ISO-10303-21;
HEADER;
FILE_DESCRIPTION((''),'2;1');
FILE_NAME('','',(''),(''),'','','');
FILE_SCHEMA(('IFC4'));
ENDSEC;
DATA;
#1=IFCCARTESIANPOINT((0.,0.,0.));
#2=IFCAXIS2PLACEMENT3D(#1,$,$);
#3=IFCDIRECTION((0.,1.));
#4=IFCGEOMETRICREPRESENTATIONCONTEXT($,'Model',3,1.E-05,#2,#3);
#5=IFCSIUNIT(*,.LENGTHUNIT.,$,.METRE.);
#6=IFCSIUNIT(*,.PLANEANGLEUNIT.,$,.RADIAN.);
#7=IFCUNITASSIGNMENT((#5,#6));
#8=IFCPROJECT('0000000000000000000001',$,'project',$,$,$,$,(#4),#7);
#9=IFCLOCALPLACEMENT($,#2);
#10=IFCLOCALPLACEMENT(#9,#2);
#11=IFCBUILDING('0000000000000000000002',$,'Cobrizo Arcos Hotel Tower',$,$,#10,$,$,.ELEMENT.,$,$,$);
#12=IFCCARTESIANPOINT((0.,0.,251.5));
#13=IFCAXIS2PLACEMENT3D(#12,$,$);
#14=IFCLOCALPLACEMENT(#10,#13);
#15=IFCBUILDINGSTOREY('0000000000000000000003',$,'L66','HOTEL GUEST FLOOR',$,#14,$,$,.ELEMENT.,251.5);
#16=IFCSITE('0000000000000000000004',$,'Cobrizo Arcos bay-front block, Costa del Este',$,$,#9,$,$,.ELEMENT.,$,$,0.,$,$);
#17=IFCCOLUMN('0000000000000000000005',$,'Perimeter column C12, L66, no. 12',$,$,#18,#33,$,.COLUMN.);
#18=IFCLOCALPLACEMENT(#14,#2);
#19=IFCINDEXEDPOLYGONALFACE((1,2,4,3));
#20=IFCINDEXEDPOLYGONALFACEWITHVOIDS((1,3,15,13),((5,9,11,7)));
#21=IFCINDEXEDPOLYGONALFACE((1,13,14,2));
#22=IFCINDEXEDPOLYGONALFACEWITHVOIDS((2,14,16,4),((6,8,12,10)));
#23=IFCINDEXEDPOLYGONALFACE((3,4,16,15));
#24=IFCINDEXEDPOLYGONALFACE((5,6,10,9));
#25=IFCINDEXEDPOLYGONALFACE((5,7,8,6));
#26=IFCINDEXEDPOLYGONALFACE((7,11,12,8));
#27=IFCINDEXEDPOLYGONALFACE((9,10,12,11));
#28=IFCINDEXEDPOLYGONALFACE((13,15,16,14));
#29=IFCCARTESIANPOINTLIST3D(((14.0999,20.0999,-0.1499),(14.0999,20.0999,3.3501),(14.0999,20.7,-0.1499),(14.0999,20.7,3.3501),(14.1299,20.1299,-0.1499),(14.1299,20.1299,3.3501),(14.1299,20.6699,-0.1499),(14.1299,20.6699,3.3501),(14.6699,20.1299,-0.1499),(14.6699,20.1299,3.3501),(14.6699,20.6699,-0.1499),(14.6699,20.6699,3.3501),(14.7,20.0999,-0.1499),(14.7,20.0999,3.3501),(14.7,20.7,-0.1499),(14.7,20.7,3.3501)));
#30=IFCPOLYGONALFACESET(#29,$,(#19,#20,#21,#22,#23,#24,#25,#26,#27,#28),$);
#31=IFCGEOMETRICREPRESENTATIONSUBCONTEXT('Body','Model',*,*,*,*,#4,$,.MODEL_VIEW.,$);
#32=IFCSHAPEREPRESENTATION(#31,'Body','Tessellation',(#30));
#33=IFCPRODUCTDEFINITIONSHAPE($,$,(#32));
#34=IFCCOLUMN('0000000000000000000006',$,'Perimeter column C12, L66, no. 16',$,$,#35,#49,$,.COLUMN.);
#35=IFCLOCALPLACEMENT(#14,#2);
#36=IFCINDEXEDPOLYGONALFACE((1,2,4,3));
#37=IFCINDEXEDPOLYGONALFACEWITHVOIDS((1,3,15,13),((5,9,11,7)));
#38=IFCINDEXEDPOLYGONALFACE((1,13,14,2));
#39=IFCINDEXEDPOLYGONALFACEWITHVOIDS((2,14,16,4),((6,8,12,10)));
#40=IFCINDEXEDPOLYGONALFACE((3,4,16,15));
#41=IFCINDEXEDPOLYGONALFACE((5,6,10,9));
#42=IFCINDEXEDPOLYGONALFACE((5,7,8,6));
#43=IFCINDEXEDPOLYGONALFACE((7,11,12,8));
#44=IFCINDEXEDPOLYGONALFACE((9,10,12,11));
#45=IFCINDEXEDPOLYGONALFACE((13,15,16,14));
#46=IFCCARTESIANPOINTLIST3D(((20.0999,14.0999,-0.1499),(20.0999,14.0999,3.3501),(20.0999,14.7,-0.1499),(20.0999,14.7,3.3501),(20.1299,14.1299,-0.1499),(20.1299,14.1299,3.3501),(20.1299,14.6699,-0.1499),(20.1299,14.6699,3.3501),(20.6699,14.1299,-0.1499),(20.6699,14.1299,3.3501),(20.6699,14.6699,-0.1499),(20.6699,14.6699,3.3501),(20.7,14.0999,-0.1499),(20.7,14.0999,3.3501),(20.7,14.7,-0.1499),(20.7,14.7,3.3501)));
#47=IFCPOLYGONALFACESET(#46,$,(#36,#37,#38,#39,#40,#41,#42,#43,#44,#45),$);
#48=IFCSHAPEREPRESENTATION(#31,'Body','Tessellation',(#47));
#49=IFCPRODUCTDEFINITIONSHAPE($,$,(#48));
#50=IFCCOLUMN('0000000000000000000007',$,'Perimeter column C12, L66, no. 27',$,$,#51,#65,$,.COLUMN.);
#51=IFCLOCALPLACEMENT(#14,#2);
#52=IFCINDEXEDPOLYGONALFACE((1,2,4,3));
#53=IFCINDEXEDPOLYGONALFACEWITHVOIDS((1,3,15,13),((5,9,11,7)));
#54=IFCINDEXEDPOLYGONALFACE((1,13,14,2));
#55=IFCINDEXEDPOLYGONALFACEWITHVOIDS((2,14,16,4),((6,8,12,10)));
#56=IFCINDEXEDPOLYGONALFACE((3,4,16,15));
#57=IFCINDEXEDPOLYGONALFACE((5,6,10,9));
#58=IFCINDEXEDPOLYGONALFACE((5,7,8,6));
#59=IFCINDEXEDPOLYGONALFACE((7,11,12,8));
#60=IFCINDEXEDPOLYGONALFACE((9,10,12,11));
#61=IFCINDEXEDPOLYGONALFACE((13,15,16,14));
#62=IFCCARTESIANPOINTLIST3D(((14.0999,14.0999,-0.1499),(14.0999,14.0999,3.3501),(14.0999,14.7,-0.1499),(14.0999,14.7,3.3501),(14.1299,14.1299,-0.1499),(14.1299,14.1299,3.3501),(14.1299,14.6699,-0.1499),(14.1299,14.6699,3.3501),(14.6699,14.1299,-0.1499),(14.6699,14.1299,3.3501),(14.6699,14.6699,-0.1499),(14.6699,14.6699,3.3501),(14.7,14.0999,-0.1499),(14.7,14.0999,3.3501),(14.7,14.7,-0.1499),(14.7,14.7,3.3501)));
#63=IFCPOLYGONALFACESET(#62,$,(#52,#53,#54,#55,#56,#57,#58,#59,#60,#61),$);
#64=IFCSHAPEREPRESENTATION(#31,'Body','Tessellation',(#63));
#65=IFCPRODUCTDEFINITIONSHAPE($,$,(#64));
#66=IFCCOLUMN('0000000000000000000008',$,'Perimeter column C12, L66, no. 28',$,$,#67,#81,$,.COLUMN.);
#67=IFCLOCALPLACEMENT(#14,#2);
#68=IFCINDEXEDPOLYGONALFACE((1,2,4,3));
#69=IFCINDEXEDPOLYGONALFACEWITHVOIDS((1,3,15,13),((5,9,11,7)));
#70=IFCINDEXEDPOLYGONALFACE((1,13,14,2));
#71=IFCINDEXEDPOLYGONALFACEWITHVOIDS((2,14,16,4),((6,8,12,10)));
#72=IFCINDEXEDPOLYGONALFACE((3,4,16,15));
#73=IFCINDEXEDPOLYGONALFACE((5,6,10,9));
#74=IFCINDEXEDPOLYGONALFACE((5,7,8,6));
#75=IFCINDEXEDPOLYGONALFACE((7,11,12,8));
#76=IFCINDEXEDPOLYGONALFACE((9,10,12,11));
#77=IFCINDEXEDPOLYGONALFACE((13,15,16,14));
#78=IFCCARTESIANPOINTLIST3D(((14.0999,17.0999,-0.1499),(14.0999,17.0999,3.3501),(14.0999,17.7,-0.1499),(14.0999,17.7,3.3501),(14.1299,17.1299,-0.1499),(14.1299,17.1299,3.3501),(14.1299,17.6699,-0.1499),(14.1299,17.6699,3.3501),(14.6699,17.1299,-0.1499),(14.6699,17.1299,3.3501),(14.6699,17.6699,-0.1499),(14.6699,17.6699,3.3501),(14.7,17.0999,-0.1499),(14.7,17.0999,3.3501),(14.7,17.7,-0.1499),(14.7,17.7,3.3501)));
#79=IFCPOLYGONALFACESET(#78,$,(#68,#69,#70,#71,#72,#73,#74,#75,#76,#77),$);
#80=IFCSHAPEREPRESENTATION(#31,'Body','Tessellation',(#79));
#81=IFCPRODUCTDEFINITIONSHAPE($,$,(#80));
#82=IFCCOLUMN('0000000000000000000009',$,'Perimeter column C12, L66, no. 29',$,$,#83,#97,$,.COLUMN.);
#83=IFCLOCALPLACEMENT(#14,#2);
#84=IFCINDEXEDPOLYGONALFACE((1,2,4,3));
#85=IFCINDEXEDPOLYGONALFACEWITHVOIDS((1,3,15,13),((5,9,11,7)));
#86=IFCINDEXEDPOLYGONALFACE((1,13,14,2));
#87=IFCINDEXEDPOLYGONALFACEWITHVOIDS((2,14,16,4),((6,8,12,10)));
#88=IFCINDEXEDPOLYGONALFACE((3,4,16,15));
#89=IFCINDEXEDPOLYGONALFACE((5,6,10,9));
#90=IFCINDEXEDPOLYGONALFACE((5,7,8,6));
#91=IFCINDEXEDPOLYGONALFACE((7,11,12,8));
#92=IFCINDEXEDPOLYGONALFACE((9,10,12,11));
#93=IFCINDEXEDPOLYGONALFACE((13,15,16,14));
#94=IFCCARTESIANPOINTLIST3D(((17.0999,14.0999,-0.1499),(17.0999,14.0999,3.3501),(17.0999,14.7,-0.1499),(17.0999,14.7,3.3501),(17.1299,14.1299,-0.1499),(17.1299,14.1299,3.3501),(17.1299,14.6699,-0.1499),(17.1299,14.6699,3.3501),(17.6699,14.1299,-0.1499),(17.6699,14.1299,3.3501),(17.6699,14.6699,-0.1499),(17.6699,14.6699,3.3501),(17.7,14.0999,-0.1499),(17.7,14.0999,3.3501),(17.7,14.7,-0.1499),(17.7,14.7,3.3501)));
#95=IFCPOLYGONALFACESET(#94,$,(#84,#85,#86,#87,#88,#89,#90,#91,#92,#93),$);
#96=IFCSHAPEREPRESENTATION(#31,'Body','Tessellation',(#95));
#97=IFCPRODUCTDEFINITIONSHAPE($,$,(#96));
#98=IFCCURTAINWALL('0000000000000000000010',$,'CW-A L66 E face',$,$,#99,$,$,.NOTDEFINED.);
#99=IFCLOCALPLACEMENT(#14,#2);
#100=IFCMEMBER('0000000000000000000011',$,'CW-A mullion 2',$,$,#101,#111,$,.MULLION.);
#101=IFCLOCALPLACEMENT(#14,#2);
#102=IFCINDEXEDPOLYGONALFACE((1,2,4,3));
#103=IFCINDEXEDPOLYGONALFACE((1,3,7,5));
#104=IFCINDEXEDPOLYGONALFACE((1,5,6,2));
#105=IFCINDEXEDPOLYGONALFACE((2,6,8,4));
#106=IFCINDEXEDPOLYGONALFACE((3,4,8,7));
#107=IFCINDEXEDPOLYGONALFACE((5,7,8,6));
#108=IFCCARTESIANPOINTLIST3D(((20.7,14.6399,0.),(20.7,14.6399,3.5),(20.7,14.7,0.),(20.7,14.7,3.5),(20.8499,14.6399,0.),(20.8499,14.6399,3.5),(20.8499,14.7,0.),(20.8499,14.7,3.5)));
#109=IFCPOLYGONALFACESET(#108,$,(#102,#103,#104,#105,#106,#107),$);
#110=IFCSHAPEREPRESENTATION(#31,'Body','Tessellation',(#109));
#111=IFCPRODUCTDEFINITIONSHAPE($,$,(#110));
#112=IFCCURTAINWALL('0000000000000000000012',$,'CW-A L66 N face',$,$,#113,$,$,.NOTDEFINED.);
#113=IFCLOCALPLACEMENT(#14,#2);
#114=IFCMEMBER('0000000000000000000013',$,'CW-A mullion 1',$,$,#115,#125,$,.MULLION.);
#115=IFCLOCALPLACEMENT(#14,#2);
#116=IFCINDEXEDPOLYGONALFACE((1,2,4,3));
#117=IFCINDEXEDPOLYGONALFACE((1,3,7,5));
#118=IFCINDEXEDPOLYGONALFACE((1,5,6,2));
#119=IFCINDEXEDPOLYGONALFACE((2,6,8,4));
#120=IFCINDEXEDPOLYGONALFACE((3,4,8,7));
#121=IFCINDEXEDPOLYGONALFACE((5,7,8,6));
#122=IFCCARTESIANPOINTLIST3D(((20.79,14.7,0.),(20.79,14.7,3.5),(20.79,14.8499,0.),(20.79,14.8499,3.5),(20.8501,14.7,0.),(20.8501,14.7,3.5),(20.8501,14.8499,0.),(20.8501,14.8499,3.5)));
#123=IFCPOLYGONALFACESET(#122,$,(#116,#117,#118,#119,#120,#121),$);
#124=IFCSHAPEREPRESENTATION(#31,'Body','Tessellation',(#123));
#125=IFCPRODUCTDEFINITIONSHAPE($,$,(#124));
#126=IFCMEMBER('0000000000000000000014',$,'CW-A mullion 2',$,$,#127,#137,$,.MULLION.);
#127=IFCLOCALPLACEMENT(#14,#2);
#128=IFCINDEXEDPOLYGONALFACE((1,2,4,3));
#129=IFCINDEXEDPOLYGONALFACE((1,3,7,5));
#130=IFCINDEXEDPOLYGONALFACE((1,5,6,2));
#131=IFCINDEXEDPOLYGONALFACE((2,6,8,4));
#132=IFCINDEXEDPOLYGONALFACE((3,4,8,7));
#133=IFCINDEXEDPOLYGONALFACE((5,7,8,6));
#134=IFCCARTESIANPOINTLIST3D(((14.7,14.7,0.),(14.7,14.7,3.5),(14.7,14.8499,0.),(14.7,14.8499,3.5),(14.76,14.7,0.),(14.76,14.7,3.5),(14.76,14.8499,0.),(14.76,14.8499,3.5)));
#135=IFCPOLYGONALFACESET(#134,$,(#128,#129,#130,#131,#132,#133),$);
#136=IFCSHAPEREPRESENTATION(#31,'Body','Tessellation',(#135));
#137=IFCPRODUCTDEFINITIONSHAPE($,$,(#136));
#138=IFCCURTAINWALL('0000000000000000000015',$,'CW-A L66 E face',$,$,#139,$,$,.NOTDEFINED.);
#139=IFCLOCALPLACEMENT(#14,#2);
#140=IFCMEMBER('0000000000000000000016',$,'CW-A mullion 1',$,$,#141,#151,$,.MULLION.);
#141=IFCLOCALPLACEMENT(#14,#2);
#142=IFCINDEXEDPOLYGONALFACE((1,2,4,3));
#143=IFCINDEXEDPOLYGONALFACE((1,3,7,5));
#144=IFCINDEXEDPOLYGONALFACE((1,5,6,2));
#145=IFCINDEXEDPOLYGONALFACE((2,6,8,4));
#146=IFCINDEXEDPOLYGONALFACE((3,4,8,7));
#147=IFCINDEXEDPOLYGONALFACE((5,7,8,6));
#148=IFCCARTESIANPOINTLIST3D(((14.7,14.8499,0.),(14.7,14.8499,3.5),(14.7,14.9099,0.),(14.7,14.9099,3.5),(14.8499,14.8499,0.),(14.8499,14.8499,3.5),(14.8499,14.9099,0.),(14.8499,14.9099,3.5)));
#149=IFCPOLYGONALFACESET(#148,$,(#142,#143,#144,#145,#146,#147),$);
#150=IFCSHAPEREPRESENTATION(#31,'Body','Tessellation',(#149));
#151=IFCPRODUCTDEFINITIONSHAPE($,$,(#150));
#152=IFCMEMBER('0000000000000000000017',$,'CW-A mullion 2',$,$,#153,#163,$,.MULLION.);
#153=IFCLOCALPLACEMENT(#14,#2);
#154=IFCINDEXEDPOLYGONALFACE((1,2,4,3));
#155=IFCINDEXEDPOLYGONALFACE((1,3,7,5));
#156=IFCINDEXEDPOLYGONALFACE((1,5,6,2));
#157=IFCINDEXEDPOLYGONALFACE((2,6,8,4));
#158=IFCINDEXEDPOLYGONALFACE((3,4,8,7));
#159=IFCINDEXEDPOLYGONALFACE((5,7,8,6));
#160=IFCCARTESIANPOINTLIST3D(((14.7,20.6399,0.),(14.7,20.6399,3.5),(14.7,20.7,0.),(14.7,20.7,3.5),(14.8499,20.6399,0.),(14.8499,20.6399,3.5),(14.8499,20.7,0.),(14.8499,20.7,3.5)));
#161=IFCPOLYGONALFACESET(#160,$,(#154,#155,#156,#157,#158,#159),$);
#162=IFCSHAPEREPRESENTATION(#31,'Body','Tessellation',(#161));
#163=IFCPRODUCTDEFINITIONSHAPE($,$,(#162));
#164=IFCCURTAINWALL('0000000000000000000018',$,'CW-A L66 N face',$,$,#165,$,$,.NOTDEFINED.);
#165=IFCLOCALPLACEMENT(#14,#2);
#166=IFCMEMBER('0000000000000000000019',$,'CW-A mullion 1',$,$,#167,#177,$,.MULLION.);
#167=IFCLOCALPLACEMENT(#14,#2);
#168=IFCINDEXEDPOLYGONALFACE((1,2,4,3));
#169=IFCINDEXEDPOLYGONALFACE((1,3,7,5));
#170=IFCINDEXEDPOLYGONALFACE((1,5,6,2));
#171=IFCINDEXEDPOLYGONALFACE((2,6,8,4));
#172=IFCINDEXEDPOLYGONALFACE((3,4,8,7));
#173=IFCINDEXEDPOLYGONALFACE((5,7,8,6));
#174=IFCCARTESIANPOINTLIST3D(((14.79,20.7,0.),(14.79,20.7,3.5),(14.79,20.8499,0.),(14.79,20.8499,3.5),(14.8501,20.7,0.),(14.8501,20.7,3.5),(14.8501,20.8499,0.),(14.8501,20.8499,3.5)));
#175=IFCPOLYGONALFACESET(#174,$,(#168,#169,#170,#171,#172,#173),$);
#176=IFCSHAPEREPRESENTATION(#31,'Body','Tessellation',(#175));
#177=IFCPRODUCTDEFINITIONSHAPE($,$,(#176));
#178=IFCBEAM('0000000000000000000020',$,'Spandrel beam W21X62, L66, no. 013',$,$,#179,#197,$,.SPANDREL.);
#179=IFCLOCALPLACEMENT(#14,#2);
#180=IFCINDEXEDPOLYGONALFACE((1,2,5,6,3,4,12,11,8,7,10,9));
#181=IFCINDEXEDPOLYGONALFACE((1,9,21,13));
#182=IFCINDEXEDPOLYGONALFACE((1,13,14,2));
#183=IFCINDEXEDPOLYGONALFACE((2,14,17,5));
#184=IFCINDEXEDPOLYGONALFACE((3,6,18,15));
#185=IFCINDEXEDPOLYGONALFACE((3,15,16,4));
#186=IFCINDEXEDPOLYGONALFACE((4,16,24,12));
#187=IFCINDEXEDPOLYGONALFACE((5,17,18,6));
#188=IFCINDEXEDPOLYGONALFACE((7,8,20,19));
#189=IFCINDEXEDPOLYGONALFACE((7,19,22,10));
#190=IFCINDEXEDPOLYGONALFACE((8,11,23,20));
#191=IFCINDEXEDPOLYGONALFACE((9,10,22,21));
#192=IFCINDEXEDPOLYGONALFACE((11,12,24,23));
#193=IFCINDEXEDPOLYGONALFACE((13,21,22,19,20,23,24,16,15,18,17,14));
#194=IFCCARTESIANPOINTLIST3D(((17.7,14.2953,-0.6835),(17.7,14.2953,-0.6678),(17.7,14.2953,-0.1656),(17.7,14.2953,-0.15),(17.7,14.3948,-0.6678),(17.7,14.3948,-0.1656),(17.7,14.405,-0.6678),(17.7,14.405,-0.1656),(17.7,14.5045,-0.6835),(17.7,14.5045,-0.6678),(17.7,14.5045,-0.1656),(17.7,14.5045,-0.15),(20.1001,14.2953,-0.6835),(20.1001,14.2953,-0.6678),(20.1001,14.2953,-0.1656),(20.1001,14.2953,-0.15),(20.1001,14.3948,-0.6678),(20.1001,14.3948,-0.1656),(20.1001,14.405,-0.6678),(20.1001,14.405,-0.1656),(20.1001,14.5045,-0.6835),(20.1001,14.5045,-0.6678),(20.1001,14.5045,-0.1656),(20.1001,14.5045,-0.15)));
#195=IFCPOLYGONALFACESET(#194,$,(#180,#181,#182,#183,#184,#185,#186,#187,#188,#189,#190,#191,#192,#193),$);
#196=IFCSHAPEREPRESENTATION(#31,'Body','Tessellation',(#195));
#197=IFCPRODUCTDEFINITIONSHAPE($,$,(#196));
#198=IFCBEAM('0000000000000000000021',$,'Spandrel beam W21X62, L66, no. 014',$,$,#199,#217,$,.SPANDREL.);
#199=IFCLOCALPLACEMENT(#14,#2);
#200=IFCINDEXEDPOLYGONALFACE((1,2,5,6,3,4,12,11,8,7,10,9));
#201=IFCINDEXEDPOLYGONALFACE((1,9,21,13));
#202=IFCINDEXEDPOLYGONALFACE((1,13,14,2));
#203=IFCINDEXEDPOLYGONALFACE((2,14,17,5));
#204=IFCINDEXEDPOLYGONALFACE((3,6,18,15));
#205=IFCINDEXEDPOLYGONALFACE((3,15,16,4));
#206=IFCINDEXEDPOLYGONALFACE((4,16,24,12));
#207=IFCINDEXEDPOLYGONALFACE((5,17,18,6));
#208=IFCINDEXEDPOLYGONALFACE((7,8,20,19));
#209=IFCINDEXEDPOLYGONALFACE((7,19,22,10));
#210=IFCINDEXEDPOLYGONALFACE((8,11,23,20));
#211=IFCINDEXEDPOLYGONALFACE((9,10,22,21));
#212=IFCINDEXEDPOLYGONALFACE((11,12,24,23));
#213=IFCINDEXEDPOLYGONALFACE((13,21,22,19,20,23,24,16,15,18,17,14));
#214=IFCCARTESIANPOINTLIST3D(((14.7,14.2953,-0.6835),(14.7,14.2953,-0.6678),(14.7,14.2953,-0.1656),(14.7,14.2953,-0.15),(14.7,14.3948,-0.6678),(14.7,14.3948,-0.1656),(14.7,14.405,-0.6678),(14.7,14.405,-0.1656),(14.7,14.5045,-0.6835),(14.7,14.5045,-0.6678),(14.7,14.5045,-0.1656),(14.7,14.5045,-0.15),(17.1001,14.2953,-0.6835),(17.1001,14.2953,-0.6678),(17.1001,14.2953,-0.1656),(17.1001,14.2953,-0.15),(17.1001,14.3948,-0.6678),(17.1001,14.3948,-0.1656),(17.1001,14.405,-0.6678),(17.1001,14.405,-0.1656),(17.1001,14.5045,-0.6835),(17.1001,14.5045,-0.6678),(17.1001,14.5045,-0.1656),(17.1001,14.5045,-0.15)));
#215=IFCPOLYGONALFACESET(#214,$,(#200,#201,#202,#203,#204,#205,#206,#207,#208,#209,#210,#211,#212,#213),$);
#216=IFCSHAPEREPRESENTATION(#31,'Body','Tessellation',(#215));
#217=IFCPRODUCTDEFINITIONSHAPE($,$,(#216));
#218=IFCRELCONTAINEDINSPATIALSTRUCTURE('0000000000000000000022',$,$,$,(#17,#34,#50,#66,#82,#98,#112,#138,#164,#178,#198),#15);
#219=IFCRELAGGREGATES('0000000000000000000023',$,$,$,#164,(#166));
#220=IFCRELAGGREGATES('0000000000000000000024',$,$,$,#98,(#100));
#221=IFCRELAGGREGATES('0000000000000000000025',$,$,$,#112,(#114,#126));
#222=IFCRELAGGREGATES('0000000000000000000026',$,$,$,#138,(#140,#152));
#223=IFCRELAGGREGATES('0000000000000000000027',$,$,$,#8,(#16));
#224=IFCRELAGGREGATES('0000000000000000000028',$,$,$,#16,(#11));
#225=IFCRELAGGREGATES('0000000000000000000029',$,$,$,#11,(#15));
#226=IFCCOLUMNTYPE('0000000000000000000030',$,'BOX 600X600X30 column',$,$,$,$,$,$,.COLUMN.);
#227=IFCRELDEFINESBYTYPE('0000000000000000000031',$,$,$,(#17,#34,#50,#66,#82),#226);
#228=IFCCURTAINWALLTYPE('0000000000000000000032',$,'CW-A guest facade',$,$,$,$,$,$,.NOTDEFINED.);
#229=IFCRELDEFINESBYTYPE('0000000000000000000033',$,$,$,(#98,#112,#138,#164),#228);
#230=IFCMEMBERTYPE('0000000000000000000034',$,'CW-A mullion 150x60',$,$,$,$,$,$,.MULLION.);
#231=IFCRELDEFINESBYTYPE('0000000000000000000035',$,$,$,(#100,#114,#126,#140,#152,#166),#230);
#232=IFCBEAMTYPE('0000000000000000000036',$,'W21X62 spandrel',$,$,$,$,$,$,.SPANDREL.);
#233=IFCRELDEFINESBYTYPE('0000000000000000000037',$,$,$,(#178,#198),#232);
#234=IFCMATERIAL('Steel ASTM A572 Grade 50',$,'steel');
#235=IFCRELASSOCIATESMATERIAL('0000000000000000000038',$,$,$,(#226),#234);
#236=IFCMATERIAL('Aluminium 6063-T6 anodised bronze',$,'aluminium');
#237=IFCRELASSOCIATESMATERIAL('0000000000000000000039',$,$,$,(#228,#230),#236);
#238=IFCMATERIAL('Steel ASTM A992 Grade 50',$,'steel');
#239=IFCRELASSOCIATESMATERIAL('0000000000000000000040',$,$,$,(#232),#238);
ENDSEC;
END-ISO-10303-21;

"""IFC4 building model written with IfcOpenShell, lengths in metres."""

from ifc_helpers import new_model, si_unit, direction, frame, origin, origin_2d, place, context, subcontext, project, spatial, rectangle, hollow_rectangle, i_section, extrude, material, material_profile, profile_set, type_object, element, aggregate, save


model = new_model("IFC4")

# Units and contexts
model_context = context("Model", 3, precision=1e-05, world=origin(), true_north=direction((0.0, 1.0)))
body_context = subcontext(model_context, "Body", "Model", "MODEL_VIEW")
ifc_project = project(units=[si_unit("LENGTHUNIT", "METRE"), si_unit("PLANEANGLEUNIT", "RADIAN")], contexts=[model_context])

# Site, building, storey
site_placement = place(None, origin())
site = spatial("IfcSite", under=ifc_project, at=site_placement, Name="Cobrizo Arcos bay-front block, Costa del Este", CompositionType="ELEMENT", RefElevation=0.0)
building_placement = place(site_placement, origin())
building = spatial("IfcBuilding", under=site, at=building_placement, Name="Cobrizo Arcos Hotel Tower", CompositionType="ELEMENT")
storey_placement = place(building_placement, frame((0.0, 0.0, 251.5)))
storey = spatial("IfcBuildingStorey", under=building, at=storey_placement, Name="L66", Description="HOTEL GUEST FLOOR", CompositionType="ELEMENT", Elevation=251.5)

# Columns
ifc_material_1 = material(Name="Steel ASTM A572 Grade 50", Category="steel")
ifc_material_profile_1 = material_profile(ifc_material_1, hollow_rectangle(XDim=0.6001, YDim=0.6001, WallThickness=0.03, at=origin_2d()), Name="BOX 600X600X30")
ifc_profile_set_1 = profile_set([ifc_material_profile_1], Name="Steel ASTM A572 Grade 50")
column_type = type_object("IfcColumnType", Name="BOX 600X600X30 column", PredefinedType="COLUMN", material=ifc_profile_set_1)
for number, where, z_axis, x_axis, name in (
    (1, (14.3999, 20.3999, -0.1499), (0.0, 0.0, 1.0), (1.0, 0.0, 0.0), "Perimeter column C12, L66, no. 12"),
    (2, (20.3999, 14.3999, -0.1499), (0.0, 0.0, 1.0), (1.0, 0.0, 0.0), "Perimeter column C12, L66, no. 16"),
    (3, (14.3999, 14.3999, -0.1499), (0.0, 0.0, 1.0), (1.0, 0.0, 0.0), "Perimeter column C12, L66, no. 27"),
    (4, (14.3999, 17.3999, -0.1499), (0.0, 0.0, 1.0), (1.0, 0.0, 0.0), "Perimeter column C12, L66, no. 28"),
    (5, (17.3999, 14.3999, -0.1499), (0.0, 0.0, 1.0), (1.0, 0.0, 0.0), "Perimeter column C12, L66, no. 29"),
):
    element("IfcColumn", number, at=place(storey_placement, frame(where, z_axis=z_axis, x_axis=x_axis)), inside=storey, type_object=column_type, Name=name, PredefinedType="COLUMN", context=body_context, shape_type="SweptSolid", body=[
        extrude(hollow_rectangle(XDim=0.6001, YDim=0.6001, WallThickness=0.03, at=origin_2d()), origin(), (0.0, 0.0, 1.0), 3.5),
    ])

# Curtain wall, member
ifc_material_2 = material(Name="Aluminium 6063-T6 anodised bronze", Category="aluminium")
curtain_wall_type = type_object("IfcCurtainWallType", Name="CW-A guest facade", PredefinedType="NOTDEFINED", material=ifc_material_2)
curtain_wall_1_placement = place(storey_placement, origin())
curtain_wall_1 = element("IfcCurtainWall", 6, at=curtain_wall_1_placement, inside=storey, type_object=curtain_wall_type, Name="CW-A L66 E face", PredefinedType="NOTDEFINED")
ifc_material_profile_2 = material_profile(ifc_material_2, rectangle(XDim=0.1499, YDim=0.0601, at=origin_2d()), Name="CW-A mullion 150x60")
ifc_profile_set_2 = profile_set([ifc_material_profile_2], Name="Aluminium 6063-T6 anodised bronze")
member_type = type_object("IfcMemberType", Name="CW-A mullion 150x60", PredefinedType="MULLION", material=ifc_profile_set_2)
member_1_placement = place(storey_placement, frame((20.7749, 14.6699, 0.0), z_axis=(0.0, 0.0, 1.0), x_axis=(1.0, 0.0, 0.0)))
member_1 = element("IfcMember", 7, at=member_1_placement, type_object=member_type, Name="CW-A mullion 2", PredefinedType="MULLION", context=body_context, shape_type="SweptSolid", body=[
    extrude(rectangle(XDim=0.1499, YDim=0.0601, at=origin_2d()), origin(), (0.0, 0.0, 1.0), 3.5),
])

# Curtain walls, members
curtain_wall_2_placement = place(storey_placement, origin())
curtain_wall_2 = element("IfcCurtainWall", 8, at=curtain_wall_2_placement, inside=storey, type_object=curtain_wall_type, Name="CW-A L66 N face", PredefinedType="NOTDEFINED")
member_2_placement = place(storey_placement, frame((20.8201, 14.7749, 0.0), z_axis=(0.0, 0.0, 1.0), x_axis=(0.0, 1.0, 0.0)))
member_2 = element("IfcMember", 9, at=member_2_placement, type_object=member_type, Name="CW-A mullion 1", PredefinedType="MULLION", context=body_context, shape_type="SweptSolid", body=[
    extrude(rectangle(XDim=0.1499, YDim=0.0601, at=origin_2d()), origin(), (0.0, 0.0, 1.0), 3.5),
])
member_3_placement = place(storey_placement, frame((14.73, 14.7749, 0.0), z_axis=(0.0, 0.0, 1.0), x_axis=(0.0, 1.0, 0.0)))
member_3 = element("IfcMember", 10, at=member_3_placement, type_object=member_type, Name="CW-A mullion 2", PredefinedType="MULLION", context=body_context, shape_type="SweptSolid", body=[
    extrude(rectangle(XDim=0.1499, YDim=0.0601, at=origin_2d()), origin(), (0.0, 0.0, 1.0), 3.5),
])
curtain_wall_3_placement = place(storey_placement, origin())
curtain_wall_3 = element("IfcCurtainWall", 11, at=curtain_wall_3_placement, inside=storey, type_object=curtain_wall_type, Name="CW-A L66 E face", PredefinedType="NOTDEFINED")
member_4_placement = place(storey_placement, frame((14.7749, 14.8799, 0.0), z_axis=(0.0, 0.0, 1.0), x_axis=(1.0, 0.0, 0.0)))
member_4 = element("IfcMember", 12, at=member_4_placement, type_object=member_type, Name="CW-A mullion 1", PredefinedType="MULLION", context=body_context, shape_type="SweptSolid", body=[
    extrude(rectangle(XDim=0.1499, YDim=0.0601, at=origin_2d()), origin(), (0.0, 0.0, 1.0), 3.5),
])
member_5_placement = place(storey_placement, frame((14.7749, 20.6699, 0.0), z_axis=(0.0, 0.0, 1.0), x_axis=(1.0, 0.0, 0.0)))
member_5 = element("IfcMember", 13, at=member_5_placement, type_object=member_type, Name="CW-A mullion 2", PredefinedType="MULLION", context=body_context, shape_type="SweptSolid", body=[
    extrude(rectangle(XDim=0.1499, YDim=0.0601, at=origin_2d()), origin(), (0.0, 0.0, 1.0), 3.5),
])

# Curtain wall, member
curtain_wall_4_placement = place(storey_placement, origin())
curtain_wall_4 = element("IfcCurtainWall", 14, at=curtain_wall_4_placement, inside=storey, type_object=curtain_wall_type, Name="CW-A L66 N face", PredefinedType="NOTDEFINED")
member_6_placement = place(storey_placement, frame((14.8201, 20.7749, 0.0), z_axis=(0.0, 0.0, 1.0), x_axis=(0.0, 1.0, 0.0)))
member_6 = element("IfcMember", 15, at=member_6_placement, type_object=member_type, Name="CW-A mullion 1", PredefinedType="MULLION", context=body_context, shape_type="SweptSolid", body=[
    extrude(rectangle(XDim=0.1499, YDim=0.0601, at=origin_2d()), origin(), (0.0, 0.0, 1.0), 3.5),
])
aggregate(curtain_wall_4, [member_6])

# Beams
ifc_material_3 = material(Name="Steel ASTM A992 Grade 50", Category="steel")
ifc_material_profile_3 = material_profile(ifc_material_3, i_section(OverallWidth=0.2092, OverallDepth=0.5334, WebThickness=0.0103, FlangeThickness=0.0156, at=origin_2d()), Name="W21X62")
ifc_profile_set_3 = profile_set([ifc_material_profile_3], Name="Steel ASTM A992 Grade 50")
beam_type = type_object("IfcBeamType", Name="W21X62 spandrel", PredefinedType="SPANDREL", material=ifc_profile_set_3)
for number, where, z_axis, x_axis, name in (
    (16, (20.1001, 14.3999, -0.4167), (-1.0, 0.0, 0.0), (0.0, -1.0, 0.0), "Spandrel beam W21X62, L66, no. 013"),
    (17, (17.1001, 14.3999, -0.4167), (-1.0, 0.0, 0.0), (0.0, -1.0, 0.0), "Spandrel beam W21X62, L66, no. 014"),
):
    element("IfcBeam", number, at=place(storey_placement, frame(where, z_axis=z_axis, x_axis=x_axis)), inside=storey, type_object=beam_type, Name=name, PredefinedType="SPANDREL", context=body_context, shape_type="SweptSolid", body=[
        extrude(i_section(OverallWidth=0.2092, OverallDepth=0.5334, WebThickness=0.0103, FlangeThickness=0.0156, at=origin_2d()), origin(), (0.0, 0.0, 1.0), 2.4001),
    ])

aggregate(curtain_wall_1, [member_1])
aggregate(curtain_wall_2, [member_2, member_3])
aggregate(curtain_wall_3, [member_4, member_5])

save(model, "model.ifc")
